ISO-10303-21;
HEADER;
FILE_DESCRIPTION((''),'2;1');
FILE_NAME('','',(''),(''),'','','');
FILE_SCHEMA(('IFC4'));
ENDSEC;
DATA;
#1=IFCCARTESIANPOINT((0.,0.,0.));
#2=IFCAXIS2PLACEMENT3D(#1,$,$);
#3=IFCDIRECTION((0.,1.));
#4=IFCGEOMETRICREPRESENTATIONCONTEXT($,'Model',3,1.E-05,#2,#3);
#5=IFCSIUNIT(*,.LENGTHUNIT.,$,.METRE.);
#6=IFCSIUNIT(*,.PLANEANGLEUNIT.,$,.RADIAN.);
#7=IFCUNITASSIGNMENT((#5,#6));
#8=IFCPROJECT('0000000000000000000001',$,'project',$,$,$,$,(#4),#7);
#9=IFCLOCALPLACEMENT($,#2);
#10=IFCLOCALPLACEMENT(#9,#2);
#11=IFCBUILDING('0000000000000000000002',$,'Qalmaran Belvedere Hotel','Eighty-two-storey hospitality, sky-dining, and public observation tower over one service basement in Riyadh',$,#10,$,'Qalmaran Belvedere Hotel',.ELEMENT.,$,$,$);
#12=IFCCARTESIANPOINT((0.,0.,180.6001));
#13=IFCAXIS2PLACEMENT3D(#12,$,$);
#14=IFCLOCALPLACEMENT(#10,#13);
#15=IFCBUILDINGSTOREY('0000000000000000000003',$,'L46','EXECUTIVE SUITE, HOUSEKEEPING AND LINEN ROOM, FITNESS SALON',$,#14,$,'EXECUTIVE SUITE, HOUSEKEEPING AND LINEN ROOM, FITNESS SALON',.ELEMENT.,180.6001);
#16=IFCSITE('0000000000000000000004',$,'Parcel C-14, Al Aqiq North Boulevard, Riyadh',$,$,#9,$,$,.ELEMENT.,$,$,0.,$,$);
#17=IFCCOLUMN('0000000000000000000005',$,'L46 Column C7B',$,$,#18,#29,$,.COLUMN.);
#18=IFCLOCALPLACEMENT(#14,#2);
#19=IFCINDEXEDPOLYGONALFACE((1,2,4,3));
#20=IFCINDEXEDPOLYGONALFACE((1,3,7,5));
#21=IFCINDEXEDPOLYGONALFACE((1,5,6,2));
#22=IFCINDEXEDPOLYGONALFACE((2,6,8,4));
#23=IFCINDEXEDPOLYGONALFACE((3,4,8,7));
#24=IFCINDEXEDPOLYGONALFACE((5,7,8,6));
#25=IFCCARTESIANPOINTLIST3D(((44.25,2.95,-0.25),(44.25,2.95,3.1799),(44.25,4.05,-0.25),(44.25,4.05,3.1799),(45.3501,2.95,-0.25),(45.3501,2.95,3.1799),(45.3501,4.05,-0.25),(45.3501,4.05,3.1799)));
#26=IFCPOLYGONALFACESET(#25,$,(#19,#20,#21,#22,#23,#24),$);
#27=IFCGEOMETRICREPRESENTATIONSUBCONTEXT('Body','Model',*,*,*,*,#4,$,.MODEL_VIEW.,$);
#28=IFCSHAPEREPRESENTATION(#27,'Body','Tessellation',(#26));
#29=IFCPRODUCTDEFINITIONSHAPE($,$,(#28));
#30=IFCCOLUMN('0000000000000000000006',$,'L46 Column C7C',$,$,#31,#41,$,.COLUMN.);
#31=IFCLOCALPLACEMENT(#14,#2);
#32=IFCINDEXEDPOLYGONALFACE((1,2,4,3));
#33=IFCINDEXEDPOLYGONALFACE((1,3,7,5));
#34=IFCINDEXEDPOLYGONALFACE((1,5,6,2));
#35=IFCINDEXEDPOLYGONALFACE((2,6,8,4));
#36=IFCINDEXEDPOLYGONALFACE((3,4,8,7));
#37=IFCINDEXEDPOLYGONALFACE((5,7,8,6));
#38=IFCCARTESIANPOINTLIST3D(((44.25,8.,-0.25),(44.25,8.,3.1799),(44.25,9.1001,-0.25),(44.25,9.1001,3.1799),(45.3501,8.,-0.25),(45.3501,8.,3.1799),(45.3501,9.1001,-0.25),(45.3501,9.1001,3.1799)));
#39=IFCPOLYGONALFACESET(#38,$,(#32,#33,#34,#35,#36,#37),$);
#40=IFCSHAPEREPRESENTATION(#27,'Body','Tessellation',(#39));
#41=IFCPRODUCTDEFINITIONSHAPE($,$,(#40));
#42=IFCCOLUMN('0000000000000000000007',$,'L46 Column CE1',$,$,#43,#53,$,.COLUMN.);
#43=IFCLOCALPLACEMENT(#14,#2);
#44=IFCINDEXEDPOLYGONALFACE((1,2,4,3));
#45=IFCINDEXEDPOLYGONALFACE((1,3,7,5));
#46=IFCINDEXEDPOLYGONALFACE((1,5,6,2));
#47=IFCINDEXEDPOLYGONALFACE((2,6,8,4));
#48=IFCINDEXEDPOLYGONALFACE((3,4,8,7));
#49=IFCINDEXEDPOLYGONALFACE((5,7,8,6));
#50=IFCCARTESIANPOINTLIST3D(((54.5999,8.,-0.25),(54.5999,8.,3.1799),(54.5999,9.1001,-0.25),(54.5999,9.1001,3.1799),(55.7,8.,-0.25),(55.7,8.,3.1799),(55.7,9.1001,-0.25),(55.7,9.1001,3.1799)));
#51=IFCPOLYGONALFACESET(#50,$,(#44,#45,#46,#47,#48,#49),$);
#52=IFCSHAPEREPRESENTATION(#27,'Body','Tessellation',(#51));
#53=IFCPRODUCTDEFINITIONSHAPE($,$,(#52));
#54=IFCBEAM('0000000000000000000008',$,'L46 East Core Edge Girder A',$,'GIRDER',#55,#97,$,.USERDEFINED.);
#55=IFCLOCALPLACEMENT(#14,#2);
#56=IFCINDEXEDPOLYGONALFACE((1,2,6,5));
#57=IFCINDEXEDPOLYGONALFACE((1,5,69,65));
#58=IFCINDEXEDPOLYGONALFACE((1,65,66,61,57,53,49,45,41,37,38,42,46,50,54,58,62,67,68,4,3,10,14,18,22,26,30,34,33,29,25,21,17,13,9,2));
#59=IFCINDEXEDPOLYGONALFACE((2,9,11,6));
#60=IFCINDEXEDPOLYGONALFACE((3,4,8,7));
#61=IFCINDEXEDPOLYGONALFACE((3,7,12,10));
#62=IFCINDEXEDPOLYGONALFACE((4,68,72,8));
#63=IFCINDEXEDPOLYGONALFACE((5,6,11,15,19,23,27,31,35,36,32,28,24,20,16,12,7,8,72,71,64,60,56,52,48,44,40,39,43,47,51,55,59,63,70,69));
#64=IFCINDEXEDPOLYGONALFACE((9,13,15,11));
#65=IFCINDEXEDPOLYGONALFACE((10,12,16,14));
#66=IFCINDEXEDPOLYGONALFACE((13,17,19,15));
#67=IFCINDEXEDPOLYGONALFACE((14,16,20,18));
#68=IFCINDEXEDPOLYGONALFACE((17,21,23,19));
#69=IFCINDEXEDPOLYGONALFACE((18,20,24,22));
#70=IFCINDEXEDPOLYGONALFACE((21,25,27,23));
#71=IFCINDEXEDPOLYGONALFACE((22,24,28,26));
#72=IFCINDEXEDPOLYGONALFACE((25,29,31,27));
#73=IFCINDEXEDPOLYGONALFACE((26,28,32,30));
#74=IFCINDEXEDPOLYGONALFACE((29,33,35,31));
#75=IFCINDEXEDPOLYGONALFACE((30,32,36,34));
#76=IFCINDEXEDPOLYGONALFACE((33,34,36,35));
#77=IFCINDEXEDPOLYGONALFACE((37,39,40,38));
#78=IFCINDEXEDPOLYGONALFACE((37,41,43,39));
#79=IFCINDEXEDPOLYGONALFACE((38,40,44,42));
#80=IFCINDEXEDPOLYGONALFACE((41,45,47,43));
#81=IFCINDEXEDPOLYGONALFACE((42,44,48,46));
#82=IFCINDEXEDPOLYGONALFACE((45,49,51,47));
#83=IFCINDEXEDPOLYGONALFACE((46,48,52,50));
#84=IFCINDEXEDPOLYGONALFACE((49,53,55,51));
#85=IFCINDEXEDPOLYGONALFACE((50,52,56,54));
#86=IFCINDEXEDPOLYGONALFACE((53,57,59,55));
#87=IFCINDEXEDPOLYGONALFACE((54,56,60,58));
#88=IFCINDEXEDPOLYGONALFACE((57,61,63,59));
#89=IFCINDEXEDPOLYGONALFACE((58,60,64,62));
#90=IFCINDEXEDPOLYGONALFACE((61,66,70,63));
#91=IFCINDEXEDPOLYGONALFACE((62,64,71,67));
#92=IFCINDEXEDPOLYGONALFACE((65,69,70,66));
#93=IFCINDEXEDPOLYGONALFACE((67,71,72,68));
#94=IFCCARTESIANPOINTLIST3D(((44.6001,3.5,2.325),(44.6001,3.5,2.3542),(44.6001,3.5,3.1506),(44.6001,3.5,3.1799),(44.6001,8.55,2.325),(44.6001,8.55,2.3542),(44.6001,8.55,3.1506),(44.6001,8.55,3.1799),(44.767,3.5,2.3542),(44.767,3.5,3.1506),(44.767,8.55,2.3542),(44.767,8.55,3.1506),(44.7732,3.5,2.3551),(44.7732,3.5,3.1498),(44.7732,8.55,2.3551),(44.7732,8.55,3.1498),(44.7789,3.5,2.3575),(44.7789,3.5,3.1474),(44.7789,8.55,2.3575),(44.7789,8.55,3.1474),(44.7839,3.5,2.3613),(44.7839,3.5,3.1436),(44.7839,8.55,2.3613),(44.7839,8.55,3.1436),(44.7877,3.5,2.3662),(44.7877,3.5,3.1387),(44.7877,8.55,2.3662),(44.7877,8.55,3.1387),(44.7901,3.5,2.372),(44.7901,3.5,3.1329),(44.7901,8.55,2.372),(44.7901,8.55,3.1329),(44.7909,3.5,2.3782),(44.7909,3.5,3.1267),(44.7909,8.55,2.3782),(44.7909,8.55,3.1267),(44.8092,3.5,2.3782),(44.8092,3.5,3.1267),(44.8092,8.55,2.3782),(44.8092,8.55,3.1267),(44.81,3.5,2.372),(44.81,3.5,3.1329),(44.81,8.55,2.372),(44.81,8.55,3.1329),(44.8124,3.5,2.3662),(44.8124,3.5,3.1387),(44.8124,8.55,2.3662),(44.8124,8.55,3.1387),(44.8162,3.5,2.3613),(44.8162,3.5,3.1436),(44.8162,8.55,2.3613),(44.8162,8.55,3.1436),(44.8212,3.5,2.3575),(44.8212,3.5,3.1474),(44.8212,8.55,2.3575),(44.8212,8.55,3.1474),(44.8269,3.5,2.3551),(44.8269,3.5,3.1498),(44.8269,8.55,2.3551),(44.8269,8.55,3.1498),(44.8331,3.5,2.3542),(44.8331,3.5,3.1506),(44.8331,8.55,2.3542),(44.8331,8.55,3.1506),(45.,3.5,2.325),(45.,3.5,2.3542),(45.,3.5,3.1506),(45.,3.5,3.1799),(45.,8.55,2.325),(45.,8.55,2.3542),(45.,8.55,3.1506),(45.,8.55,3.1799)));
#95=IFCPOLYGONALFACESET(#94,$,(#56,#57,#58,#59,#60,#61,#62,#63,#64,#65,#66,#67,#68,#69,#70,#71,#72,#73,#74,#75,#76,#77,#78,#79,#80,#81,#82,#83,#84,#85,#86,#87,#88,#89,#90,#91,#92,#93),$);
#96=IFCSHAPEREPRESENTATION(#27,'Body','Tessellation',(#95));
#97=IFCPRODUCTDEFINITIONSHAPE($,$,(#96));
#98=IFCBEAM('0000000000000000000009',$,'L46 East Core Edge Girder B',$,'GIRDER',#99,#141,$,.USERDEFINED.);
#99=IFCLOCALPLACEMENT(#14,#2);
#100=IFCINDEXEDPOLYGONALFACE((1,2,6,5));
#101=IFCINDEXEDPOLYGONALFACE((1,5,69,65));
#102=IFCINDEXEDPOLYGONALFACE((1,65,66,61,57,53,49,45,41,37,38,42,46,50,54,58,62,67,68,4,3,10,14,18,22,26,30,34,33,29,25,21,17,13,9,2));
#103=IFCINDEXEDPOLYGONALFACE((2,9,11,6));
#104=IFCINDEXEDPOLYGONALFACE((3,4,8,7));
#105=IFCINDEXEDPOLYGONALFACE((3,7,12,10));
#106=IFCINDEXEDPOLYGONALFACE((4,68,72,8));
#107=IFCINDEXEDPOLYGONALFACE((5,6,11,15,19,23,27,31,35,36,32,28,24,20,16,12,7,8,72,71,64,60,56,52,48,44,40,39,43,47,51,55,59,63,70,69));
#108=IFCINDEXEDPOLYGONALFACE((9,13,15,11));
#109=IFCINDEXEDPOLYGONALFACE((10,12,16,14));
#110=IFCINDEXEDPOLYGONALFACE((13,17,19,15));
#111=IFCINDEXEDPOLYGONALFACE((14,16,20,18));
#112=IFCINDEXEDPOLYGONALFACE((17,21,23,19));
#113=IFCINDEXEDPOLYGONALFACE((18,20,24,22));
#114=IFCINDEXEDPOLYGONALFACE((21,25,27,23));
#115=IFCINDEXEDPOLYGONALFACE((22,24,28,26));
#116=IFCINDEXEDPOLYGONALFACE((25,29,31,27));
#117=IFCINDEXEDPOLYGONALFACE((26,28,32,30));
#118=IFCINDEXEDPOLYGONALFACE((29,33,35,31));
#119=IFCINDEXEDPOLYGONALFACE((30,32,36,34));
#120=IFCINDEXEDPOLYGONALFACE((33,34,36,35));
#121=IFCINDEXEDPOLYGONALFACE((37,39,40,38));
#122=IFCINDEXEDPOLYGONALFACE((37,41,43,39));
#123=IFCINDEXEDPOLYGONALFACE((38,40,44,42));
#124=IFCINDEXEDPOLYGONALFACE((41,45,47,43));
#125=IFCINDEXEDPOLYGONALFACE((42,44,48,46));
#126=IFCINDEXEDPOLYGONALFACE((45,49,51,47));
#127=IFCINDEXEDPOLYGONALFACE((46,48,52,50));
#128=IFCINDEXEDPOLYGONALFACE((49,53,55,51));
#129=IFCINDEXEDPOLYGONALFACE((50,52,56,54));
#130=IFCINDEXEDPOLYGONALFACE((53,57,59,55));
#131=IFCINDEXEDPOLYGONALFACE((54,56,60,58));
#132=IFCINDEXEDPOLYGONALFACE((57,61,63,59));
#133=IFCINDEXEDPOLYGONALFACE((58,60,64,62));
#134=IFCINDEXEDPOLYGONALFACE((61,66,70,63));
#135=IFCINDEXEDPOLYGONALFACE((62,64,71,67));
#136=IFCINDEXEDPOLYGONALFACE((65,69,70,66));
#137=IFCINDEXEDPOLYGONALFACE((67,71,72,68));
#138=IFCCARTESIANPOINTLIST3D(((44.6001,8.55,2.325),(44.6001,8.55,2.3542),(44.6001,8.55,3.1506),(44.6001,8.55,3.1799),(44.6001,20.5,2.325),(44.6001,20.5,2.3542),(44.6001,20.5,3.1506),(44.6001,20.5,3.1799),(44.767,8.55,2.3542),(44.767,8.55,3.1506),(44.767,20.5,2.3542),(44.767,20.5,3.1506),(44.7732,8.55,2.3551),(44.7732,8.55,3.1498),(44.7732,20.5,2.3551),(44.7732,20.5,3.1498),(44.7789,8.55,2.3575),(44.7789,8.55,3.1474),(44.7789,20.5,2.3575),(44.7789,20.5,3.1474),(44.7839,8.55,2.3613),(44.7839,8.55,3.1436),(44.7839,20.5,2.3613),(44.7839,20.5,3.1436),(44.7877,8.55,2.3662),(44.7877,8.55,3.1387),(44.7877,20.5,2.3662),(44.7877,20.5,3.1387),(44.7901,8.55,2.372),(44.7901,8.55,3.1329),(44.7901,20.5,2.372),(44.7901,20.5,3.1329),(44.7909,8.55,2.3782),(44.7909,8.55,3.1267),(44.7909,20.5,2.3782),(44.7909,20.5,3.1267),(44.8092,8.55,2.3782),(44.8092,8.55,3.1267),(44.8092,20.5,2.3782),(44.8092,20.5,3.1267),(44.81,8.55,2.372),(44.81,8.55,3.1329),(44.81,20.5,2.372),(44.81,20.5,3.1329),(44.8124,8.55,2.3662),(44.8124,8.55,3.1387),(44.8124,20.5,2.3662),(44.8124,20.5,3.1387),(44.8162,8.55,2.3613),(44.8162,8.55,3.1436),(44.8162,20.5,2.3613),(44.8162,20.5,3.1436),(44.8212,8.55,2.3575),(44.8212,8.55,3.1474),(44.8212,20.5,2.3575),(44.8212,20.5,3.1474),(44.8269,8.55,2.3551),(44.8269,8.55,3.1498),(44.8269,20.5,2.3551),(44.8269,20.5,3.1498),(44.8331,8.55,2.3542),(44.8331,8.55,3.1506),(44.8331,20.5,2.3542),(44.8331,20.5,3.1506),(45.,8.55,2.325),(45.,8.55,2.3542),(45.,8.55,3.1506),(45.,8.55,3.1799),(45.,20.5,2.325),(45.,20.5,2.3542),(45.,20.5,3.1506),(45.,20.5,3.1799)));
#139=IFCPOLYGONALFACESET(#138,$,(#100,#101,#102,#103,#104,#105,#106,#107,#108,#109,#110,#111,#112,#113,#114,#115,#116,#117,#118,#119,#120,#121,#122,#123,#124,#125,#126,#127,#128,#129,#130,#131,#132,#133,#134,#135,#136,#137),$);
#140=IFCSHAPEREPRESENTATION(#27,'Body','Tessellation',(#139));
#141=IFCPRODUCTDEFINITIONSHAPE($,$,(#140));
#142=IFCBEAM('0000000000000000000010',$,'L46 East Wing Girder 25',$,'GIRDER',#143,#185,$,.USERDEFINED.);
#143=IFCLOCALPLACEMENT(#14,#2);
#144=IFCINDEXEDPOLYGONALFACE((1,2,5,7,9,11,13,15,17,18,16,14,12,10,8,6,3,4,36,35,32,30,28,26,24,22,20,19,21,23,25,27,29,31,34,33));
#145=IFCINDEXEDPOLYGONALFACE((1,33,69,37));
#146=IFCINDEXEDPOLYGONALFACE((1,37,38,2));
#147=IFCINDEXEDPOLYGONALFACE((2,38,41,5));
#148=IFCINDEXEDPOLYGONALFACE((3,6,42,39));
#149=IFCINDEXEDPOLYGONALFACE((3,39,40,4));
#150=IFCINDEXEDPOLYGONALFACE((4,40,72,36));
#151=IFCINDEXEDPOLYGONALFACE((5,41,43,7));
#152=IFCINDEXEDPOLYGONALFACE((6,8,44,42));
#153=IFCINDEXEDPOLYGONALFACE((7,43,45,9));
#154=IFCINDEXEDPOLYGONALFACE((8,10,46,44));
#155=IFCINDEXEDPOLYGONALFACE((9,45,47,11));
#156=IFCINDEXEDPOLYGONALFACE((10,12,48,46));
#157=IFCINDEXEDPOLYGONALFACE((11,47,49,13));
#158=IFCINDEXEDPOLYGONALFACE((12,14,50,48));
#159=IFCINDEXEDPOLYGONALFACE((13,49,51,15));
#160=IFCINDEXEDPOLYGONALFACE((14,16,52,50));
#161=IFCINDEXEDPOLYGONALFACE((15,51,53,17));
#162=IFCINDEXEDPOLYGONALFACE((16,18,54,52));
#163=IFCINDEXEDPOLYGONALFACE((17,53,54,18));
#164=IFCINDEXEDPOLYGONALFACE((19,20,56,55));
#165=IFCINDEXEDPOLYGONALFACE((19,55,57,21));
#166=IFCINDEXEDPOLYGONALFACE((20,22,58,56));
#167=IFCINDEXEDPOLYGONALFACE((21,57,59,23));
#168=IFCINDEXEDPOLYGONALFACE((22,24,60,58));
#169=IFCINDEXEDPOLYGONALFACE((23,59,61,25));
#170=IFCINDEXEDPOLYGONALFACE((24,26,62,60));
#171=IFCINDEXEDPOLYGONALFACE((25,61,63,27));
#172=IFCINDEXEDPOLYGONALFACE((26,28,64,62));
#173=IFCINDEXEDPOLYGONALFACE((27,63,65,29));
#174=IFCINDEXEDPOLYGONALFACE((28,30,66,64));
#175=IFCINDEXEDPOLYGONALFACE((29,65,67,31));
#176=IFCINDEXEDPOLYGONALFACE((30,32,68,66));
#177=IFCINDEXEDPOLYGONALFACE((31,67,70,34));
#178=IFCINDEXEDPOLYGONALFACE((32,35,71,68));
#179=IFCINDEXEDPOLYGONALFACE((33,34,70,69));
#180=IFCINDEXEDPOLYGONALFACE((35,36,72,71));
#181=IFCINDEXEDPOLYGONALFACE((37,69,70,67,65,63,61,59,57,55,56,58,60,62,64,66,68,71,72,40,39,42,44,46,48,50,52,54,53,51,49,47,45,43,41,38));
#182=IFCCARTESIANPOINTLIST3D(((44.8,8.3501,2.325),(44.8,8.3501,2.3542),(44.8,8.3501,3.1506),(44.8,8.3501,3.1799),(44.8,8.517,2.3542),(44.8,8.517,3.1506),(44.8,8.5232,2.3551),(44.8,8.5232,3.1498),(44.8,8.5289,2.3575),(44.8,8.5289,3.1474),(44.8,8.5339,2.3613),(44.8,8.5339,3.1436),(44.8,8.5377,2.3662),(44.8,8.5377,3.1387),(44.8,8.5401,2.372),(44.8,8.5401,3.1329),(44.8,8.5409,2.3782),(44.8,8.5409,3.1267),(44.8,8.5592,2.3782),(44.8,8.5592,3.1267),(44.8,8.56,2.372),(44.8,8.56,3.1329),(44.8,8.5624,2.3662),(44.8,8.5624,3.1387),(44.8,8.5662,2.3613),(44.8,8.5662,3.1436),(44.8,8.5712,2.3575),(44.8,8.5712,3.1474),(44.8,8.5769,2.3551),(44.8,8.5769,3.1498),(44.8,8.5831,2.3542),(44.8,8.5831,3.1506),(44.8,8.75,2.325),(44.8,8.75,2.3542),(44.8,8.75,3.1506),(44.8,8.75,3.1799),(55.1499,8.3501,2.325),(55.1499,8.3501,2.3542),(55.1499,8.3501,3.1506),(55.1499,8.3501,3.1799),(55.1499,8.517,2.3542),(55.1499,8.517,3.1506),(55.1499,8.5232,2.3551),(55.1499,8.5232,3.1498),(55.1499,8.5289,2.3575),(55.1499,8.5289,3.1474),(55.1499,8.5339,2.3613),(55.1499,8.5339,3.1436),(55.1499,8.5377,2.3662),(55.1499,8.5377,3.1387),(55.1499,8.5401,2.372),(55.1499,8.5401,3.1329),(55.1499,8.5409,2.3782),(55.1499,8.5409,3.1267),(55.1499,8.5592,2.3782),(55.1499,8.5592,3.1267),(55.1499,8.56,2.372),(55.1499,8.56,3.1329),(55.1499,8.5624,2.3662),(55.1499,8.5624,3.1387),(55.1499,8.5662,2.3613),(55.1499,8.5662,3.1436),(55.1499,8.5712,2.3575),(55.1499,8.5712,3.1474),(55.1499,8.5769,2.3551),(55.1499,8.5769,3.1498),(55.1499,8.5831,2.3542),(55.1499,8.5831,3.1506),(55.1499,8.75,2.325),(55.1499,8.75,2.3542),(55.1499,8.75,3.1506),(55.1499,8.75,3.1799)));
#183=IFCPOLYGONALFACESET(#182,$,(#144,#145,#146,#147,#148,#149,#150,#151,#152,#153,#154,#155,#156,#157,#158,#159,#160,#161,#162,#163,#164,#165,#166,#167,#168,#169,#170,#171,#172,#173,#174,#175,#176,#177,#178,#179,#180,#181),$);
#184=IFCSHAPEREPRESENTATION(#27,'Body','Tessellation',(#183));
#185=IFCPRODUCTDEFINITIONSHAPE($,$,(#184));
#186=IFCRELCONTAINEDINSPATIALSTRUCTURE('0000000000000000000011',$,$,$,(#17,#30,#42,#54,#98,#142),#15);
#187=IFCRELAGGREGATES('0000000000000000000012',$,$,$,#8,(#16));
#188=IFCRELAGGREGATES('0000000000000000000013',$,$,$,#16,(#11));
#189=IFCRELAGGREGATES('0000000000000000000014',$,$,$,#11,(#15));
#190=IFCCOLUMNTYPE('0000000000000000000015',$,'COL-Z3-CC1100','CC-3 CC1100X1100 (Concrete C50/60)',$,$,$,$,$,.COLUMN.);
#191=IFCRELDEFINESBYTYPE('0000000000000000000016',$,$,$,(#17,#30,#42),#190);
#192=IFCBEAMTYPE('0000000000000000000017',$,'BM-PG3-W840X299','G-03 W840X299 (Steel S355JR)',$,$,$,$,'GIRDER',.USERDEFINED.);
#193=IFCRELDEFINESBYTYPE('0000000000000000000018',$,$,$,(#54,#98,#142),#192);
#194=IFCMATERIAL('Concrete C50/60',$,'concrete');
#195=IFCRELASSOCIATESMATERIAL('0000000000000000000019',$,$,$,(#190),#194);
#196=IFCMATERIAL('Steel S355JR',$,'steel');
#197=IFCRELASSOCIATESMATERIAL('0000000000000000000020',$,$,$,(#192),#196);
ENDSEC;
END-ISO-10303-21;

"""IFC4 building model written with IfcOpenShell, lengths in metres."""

from ifc_helpers import new_model, si_unit, direction, frame, origin, origin_2d, place, context, subcontext, project, spatial, rectangle, i_section, extrude, material, material_profile, profile_set, type_object, element, save


model = new_model("IFC4")

# Units and contexts
model_context = context("Model", 3, precision=1e-05, world=origin(), true_north=direction((0.0, 1.0)))
body_context = subcontext(model_context, "Body", "Model", "MODEL_VIEW")
ifc_project = project(units=[si_unit("LENGTHUNIT", "METRE"), si_unit("PLANEANGLEUNIT", "RADIAN")], contexts=[model_context])

# Site, building, storey
site_placement = place(None, origin())
site = spatial("IfcSite", under=ifc_project, at=site_placement, Name="Parcel C-14, Al Aqiq North Boulevard, Riyadh", CompositionType="ELEMENT", RefElevation=0.0)
building_placement = place(site_placement, origin())
building = spatial("IfcBuilding", under=site, at=building_placement, Name="Qalmaran Belvedere Hotel", Description="Eighty-two-storey hospitality, sky-dining, and public observation tower over one service basement in Riyadh", LongName="Qalmaran Belvedere Hotel", CompositionType="ELEMENT")
storey_placement = place(building_placement, frame((0.0, 0.0, 180.6001)))
storey = spatial("IfcBuildingStorey", under=building, at=storey_placement, Name="L46", Description="EXECUTIVE SUITE, HOUSEKEEPING AND LINEN ROOM, FITNESS SALON", LongName="EXECUTIVE SUITE, HOUSEKEEPING AND LINEN ROOM, FITNESS SALON", CompositionType="ELEMENT", Elevation=180.6001)

# Columns
ifc_material_1 = material(Name="Concrete C50/60", Category="concrete")
ifc_material_profile_1 = material_profile(ifc_material_1, rectangle(XDim=1.1001, YDim=1.1001, at=origin_2d()), Name="CC1100X1100")
ifc_profile_set_1 = profile_set([ifc_material_profile_1], Name="Concrete C50/60")
column_type = type_object("IfcColumnType", Name="COL-Z3-CC1100", Description="CC-3 CC1100X1100 (Concrete C50/60)", PredefinedType="COLUMN", material=ifc_profile_set_1)
for number, where, z_axis, x_axis, name in (
    (1, (44.8, 3.5, -0.25), (0.0, 0.0, 1.0), (1.0, 0.0, 0.0), "L46 Column C7B"),
    (2, (44.8, 8.55, -0.25), (0.0, 0.0, 1.0), (1.0, 0.0, 0.0), "L46 Column C7C"),
    (3, (55.1499, 8.55, -0.25), (0.0, 0.0, 1.0), (1.0, 0.0, 0.0), "L46 Column CE1"),
):
    element("IfcColumn", number, at=place(storey_placement, frame(where, z_axis=z_axis, x_axis=x_axis)), inside=storey, type_object=column_type, Name=name, PredefinedType="COLUMN", context=body_context, shape_type="SweptSolid", body=[
        extrude(rectangle(XDim=1.1001, YDim=1.1001, at=origin_2d()), origin(), (0.0, 0.0, 1.0), 3.4299),
    ])

# Beams
ifc_material_2 = material(Name="Steel S355JR", Category="steel")
ifc_material_profile_2 = material_profile(ifc_material_2, i_section(OverallWidth=0.3999, OverallDepth=0.855, WebThickness=0.0183, FlangeThickness=0.0293, FilletRadius=0.0239, at=origin_2d()), Name="W840X299")
ifc_profile_set_2 = profile_set([ifc_material_profile_2], Name="Steel S355JR")
beam_type_1 = type_object("IfcBeamType", Name="BM-PG3-W840X299", Description="G-03 W840X299 (Steel S355JR)", ElementType="GIRDER", PredefinedType="USERDEFINED", material=ifc_profile_set_2)
beam_1_placement = place(storey_placement, frame((44.8, 3.5, 2.7524), z_axis=(0.0, 1.0, 0.0), x_axis=(-1.0, 0.0, 0.0)))
element("IfcBeam", 4, at=beam_1_placement, inside=storey, type_object=beam_type_1, Name="L46 East Core Edge Girder A", ObjectType="GIRDER", PredefinedType="USERDEFINED", context=body_context, shape_type="SweptSolid", body=[
    extrude(i_section(OverallWidth=0.3999, OverallDepth=0.855, WebThickness=0.0183, FlangeThickness=0.0293, FilletRadius=0.0239, at=origin_2d()), origin(), (0.0, 0.0, 1.0), 5.05),
])
beam_2_placement = place(storey_placement, frame((44.8, 8.55, 2.7524), z_axis=(0.0, 1.0, 0.0), x_axis=(-1.0, 0.0, 0.0)))
element("IfcBeam", 5, at=beam_2_placement, inside=storey, type_object=beam_type_1, Name="L46 East Core Edge Girder B", ObjectType="GIRDER", PredefinedType="USERDEFINED", context=body_context, shape_type="SweptSolid", body=[
    extrude(i_section(OverallWidth=0.3999, OverallDepth=0.855, WebThickness=0.0183, FlangeThickness=0.0293, FilletRadius=0.0239, at=origin_2d()), origin(), (0.0, 0.0, 1.0), 11.95),
])
beam_3_placement = place(storey_placement, frame((44.8, 8.55, 2.7524), z_axis=(1.0, 0.0, 0.0), x_axis=(0.0, 1.0, 0.0)))
element("IfcBeam", 6, at=beam_3_placement, inside=storey, type_object=beam_type_1, Name="L46 East Wing Girder 25", ObjectType="GIRDER", PredefinedType="USERDEFINED", context=body_context, shape_type="SweptSolid", body=[
    extrude(i_section(OverallWidth=0.3999, OverallDepth=0.855, WebThickness=0.0183, FlangeThickness=0.0293, FilletRadius=0.0239, at=origin_2d()), origin(), (0.0, 0.0, 1.0), 10.3499),
])

save(model, "model.ifc")
